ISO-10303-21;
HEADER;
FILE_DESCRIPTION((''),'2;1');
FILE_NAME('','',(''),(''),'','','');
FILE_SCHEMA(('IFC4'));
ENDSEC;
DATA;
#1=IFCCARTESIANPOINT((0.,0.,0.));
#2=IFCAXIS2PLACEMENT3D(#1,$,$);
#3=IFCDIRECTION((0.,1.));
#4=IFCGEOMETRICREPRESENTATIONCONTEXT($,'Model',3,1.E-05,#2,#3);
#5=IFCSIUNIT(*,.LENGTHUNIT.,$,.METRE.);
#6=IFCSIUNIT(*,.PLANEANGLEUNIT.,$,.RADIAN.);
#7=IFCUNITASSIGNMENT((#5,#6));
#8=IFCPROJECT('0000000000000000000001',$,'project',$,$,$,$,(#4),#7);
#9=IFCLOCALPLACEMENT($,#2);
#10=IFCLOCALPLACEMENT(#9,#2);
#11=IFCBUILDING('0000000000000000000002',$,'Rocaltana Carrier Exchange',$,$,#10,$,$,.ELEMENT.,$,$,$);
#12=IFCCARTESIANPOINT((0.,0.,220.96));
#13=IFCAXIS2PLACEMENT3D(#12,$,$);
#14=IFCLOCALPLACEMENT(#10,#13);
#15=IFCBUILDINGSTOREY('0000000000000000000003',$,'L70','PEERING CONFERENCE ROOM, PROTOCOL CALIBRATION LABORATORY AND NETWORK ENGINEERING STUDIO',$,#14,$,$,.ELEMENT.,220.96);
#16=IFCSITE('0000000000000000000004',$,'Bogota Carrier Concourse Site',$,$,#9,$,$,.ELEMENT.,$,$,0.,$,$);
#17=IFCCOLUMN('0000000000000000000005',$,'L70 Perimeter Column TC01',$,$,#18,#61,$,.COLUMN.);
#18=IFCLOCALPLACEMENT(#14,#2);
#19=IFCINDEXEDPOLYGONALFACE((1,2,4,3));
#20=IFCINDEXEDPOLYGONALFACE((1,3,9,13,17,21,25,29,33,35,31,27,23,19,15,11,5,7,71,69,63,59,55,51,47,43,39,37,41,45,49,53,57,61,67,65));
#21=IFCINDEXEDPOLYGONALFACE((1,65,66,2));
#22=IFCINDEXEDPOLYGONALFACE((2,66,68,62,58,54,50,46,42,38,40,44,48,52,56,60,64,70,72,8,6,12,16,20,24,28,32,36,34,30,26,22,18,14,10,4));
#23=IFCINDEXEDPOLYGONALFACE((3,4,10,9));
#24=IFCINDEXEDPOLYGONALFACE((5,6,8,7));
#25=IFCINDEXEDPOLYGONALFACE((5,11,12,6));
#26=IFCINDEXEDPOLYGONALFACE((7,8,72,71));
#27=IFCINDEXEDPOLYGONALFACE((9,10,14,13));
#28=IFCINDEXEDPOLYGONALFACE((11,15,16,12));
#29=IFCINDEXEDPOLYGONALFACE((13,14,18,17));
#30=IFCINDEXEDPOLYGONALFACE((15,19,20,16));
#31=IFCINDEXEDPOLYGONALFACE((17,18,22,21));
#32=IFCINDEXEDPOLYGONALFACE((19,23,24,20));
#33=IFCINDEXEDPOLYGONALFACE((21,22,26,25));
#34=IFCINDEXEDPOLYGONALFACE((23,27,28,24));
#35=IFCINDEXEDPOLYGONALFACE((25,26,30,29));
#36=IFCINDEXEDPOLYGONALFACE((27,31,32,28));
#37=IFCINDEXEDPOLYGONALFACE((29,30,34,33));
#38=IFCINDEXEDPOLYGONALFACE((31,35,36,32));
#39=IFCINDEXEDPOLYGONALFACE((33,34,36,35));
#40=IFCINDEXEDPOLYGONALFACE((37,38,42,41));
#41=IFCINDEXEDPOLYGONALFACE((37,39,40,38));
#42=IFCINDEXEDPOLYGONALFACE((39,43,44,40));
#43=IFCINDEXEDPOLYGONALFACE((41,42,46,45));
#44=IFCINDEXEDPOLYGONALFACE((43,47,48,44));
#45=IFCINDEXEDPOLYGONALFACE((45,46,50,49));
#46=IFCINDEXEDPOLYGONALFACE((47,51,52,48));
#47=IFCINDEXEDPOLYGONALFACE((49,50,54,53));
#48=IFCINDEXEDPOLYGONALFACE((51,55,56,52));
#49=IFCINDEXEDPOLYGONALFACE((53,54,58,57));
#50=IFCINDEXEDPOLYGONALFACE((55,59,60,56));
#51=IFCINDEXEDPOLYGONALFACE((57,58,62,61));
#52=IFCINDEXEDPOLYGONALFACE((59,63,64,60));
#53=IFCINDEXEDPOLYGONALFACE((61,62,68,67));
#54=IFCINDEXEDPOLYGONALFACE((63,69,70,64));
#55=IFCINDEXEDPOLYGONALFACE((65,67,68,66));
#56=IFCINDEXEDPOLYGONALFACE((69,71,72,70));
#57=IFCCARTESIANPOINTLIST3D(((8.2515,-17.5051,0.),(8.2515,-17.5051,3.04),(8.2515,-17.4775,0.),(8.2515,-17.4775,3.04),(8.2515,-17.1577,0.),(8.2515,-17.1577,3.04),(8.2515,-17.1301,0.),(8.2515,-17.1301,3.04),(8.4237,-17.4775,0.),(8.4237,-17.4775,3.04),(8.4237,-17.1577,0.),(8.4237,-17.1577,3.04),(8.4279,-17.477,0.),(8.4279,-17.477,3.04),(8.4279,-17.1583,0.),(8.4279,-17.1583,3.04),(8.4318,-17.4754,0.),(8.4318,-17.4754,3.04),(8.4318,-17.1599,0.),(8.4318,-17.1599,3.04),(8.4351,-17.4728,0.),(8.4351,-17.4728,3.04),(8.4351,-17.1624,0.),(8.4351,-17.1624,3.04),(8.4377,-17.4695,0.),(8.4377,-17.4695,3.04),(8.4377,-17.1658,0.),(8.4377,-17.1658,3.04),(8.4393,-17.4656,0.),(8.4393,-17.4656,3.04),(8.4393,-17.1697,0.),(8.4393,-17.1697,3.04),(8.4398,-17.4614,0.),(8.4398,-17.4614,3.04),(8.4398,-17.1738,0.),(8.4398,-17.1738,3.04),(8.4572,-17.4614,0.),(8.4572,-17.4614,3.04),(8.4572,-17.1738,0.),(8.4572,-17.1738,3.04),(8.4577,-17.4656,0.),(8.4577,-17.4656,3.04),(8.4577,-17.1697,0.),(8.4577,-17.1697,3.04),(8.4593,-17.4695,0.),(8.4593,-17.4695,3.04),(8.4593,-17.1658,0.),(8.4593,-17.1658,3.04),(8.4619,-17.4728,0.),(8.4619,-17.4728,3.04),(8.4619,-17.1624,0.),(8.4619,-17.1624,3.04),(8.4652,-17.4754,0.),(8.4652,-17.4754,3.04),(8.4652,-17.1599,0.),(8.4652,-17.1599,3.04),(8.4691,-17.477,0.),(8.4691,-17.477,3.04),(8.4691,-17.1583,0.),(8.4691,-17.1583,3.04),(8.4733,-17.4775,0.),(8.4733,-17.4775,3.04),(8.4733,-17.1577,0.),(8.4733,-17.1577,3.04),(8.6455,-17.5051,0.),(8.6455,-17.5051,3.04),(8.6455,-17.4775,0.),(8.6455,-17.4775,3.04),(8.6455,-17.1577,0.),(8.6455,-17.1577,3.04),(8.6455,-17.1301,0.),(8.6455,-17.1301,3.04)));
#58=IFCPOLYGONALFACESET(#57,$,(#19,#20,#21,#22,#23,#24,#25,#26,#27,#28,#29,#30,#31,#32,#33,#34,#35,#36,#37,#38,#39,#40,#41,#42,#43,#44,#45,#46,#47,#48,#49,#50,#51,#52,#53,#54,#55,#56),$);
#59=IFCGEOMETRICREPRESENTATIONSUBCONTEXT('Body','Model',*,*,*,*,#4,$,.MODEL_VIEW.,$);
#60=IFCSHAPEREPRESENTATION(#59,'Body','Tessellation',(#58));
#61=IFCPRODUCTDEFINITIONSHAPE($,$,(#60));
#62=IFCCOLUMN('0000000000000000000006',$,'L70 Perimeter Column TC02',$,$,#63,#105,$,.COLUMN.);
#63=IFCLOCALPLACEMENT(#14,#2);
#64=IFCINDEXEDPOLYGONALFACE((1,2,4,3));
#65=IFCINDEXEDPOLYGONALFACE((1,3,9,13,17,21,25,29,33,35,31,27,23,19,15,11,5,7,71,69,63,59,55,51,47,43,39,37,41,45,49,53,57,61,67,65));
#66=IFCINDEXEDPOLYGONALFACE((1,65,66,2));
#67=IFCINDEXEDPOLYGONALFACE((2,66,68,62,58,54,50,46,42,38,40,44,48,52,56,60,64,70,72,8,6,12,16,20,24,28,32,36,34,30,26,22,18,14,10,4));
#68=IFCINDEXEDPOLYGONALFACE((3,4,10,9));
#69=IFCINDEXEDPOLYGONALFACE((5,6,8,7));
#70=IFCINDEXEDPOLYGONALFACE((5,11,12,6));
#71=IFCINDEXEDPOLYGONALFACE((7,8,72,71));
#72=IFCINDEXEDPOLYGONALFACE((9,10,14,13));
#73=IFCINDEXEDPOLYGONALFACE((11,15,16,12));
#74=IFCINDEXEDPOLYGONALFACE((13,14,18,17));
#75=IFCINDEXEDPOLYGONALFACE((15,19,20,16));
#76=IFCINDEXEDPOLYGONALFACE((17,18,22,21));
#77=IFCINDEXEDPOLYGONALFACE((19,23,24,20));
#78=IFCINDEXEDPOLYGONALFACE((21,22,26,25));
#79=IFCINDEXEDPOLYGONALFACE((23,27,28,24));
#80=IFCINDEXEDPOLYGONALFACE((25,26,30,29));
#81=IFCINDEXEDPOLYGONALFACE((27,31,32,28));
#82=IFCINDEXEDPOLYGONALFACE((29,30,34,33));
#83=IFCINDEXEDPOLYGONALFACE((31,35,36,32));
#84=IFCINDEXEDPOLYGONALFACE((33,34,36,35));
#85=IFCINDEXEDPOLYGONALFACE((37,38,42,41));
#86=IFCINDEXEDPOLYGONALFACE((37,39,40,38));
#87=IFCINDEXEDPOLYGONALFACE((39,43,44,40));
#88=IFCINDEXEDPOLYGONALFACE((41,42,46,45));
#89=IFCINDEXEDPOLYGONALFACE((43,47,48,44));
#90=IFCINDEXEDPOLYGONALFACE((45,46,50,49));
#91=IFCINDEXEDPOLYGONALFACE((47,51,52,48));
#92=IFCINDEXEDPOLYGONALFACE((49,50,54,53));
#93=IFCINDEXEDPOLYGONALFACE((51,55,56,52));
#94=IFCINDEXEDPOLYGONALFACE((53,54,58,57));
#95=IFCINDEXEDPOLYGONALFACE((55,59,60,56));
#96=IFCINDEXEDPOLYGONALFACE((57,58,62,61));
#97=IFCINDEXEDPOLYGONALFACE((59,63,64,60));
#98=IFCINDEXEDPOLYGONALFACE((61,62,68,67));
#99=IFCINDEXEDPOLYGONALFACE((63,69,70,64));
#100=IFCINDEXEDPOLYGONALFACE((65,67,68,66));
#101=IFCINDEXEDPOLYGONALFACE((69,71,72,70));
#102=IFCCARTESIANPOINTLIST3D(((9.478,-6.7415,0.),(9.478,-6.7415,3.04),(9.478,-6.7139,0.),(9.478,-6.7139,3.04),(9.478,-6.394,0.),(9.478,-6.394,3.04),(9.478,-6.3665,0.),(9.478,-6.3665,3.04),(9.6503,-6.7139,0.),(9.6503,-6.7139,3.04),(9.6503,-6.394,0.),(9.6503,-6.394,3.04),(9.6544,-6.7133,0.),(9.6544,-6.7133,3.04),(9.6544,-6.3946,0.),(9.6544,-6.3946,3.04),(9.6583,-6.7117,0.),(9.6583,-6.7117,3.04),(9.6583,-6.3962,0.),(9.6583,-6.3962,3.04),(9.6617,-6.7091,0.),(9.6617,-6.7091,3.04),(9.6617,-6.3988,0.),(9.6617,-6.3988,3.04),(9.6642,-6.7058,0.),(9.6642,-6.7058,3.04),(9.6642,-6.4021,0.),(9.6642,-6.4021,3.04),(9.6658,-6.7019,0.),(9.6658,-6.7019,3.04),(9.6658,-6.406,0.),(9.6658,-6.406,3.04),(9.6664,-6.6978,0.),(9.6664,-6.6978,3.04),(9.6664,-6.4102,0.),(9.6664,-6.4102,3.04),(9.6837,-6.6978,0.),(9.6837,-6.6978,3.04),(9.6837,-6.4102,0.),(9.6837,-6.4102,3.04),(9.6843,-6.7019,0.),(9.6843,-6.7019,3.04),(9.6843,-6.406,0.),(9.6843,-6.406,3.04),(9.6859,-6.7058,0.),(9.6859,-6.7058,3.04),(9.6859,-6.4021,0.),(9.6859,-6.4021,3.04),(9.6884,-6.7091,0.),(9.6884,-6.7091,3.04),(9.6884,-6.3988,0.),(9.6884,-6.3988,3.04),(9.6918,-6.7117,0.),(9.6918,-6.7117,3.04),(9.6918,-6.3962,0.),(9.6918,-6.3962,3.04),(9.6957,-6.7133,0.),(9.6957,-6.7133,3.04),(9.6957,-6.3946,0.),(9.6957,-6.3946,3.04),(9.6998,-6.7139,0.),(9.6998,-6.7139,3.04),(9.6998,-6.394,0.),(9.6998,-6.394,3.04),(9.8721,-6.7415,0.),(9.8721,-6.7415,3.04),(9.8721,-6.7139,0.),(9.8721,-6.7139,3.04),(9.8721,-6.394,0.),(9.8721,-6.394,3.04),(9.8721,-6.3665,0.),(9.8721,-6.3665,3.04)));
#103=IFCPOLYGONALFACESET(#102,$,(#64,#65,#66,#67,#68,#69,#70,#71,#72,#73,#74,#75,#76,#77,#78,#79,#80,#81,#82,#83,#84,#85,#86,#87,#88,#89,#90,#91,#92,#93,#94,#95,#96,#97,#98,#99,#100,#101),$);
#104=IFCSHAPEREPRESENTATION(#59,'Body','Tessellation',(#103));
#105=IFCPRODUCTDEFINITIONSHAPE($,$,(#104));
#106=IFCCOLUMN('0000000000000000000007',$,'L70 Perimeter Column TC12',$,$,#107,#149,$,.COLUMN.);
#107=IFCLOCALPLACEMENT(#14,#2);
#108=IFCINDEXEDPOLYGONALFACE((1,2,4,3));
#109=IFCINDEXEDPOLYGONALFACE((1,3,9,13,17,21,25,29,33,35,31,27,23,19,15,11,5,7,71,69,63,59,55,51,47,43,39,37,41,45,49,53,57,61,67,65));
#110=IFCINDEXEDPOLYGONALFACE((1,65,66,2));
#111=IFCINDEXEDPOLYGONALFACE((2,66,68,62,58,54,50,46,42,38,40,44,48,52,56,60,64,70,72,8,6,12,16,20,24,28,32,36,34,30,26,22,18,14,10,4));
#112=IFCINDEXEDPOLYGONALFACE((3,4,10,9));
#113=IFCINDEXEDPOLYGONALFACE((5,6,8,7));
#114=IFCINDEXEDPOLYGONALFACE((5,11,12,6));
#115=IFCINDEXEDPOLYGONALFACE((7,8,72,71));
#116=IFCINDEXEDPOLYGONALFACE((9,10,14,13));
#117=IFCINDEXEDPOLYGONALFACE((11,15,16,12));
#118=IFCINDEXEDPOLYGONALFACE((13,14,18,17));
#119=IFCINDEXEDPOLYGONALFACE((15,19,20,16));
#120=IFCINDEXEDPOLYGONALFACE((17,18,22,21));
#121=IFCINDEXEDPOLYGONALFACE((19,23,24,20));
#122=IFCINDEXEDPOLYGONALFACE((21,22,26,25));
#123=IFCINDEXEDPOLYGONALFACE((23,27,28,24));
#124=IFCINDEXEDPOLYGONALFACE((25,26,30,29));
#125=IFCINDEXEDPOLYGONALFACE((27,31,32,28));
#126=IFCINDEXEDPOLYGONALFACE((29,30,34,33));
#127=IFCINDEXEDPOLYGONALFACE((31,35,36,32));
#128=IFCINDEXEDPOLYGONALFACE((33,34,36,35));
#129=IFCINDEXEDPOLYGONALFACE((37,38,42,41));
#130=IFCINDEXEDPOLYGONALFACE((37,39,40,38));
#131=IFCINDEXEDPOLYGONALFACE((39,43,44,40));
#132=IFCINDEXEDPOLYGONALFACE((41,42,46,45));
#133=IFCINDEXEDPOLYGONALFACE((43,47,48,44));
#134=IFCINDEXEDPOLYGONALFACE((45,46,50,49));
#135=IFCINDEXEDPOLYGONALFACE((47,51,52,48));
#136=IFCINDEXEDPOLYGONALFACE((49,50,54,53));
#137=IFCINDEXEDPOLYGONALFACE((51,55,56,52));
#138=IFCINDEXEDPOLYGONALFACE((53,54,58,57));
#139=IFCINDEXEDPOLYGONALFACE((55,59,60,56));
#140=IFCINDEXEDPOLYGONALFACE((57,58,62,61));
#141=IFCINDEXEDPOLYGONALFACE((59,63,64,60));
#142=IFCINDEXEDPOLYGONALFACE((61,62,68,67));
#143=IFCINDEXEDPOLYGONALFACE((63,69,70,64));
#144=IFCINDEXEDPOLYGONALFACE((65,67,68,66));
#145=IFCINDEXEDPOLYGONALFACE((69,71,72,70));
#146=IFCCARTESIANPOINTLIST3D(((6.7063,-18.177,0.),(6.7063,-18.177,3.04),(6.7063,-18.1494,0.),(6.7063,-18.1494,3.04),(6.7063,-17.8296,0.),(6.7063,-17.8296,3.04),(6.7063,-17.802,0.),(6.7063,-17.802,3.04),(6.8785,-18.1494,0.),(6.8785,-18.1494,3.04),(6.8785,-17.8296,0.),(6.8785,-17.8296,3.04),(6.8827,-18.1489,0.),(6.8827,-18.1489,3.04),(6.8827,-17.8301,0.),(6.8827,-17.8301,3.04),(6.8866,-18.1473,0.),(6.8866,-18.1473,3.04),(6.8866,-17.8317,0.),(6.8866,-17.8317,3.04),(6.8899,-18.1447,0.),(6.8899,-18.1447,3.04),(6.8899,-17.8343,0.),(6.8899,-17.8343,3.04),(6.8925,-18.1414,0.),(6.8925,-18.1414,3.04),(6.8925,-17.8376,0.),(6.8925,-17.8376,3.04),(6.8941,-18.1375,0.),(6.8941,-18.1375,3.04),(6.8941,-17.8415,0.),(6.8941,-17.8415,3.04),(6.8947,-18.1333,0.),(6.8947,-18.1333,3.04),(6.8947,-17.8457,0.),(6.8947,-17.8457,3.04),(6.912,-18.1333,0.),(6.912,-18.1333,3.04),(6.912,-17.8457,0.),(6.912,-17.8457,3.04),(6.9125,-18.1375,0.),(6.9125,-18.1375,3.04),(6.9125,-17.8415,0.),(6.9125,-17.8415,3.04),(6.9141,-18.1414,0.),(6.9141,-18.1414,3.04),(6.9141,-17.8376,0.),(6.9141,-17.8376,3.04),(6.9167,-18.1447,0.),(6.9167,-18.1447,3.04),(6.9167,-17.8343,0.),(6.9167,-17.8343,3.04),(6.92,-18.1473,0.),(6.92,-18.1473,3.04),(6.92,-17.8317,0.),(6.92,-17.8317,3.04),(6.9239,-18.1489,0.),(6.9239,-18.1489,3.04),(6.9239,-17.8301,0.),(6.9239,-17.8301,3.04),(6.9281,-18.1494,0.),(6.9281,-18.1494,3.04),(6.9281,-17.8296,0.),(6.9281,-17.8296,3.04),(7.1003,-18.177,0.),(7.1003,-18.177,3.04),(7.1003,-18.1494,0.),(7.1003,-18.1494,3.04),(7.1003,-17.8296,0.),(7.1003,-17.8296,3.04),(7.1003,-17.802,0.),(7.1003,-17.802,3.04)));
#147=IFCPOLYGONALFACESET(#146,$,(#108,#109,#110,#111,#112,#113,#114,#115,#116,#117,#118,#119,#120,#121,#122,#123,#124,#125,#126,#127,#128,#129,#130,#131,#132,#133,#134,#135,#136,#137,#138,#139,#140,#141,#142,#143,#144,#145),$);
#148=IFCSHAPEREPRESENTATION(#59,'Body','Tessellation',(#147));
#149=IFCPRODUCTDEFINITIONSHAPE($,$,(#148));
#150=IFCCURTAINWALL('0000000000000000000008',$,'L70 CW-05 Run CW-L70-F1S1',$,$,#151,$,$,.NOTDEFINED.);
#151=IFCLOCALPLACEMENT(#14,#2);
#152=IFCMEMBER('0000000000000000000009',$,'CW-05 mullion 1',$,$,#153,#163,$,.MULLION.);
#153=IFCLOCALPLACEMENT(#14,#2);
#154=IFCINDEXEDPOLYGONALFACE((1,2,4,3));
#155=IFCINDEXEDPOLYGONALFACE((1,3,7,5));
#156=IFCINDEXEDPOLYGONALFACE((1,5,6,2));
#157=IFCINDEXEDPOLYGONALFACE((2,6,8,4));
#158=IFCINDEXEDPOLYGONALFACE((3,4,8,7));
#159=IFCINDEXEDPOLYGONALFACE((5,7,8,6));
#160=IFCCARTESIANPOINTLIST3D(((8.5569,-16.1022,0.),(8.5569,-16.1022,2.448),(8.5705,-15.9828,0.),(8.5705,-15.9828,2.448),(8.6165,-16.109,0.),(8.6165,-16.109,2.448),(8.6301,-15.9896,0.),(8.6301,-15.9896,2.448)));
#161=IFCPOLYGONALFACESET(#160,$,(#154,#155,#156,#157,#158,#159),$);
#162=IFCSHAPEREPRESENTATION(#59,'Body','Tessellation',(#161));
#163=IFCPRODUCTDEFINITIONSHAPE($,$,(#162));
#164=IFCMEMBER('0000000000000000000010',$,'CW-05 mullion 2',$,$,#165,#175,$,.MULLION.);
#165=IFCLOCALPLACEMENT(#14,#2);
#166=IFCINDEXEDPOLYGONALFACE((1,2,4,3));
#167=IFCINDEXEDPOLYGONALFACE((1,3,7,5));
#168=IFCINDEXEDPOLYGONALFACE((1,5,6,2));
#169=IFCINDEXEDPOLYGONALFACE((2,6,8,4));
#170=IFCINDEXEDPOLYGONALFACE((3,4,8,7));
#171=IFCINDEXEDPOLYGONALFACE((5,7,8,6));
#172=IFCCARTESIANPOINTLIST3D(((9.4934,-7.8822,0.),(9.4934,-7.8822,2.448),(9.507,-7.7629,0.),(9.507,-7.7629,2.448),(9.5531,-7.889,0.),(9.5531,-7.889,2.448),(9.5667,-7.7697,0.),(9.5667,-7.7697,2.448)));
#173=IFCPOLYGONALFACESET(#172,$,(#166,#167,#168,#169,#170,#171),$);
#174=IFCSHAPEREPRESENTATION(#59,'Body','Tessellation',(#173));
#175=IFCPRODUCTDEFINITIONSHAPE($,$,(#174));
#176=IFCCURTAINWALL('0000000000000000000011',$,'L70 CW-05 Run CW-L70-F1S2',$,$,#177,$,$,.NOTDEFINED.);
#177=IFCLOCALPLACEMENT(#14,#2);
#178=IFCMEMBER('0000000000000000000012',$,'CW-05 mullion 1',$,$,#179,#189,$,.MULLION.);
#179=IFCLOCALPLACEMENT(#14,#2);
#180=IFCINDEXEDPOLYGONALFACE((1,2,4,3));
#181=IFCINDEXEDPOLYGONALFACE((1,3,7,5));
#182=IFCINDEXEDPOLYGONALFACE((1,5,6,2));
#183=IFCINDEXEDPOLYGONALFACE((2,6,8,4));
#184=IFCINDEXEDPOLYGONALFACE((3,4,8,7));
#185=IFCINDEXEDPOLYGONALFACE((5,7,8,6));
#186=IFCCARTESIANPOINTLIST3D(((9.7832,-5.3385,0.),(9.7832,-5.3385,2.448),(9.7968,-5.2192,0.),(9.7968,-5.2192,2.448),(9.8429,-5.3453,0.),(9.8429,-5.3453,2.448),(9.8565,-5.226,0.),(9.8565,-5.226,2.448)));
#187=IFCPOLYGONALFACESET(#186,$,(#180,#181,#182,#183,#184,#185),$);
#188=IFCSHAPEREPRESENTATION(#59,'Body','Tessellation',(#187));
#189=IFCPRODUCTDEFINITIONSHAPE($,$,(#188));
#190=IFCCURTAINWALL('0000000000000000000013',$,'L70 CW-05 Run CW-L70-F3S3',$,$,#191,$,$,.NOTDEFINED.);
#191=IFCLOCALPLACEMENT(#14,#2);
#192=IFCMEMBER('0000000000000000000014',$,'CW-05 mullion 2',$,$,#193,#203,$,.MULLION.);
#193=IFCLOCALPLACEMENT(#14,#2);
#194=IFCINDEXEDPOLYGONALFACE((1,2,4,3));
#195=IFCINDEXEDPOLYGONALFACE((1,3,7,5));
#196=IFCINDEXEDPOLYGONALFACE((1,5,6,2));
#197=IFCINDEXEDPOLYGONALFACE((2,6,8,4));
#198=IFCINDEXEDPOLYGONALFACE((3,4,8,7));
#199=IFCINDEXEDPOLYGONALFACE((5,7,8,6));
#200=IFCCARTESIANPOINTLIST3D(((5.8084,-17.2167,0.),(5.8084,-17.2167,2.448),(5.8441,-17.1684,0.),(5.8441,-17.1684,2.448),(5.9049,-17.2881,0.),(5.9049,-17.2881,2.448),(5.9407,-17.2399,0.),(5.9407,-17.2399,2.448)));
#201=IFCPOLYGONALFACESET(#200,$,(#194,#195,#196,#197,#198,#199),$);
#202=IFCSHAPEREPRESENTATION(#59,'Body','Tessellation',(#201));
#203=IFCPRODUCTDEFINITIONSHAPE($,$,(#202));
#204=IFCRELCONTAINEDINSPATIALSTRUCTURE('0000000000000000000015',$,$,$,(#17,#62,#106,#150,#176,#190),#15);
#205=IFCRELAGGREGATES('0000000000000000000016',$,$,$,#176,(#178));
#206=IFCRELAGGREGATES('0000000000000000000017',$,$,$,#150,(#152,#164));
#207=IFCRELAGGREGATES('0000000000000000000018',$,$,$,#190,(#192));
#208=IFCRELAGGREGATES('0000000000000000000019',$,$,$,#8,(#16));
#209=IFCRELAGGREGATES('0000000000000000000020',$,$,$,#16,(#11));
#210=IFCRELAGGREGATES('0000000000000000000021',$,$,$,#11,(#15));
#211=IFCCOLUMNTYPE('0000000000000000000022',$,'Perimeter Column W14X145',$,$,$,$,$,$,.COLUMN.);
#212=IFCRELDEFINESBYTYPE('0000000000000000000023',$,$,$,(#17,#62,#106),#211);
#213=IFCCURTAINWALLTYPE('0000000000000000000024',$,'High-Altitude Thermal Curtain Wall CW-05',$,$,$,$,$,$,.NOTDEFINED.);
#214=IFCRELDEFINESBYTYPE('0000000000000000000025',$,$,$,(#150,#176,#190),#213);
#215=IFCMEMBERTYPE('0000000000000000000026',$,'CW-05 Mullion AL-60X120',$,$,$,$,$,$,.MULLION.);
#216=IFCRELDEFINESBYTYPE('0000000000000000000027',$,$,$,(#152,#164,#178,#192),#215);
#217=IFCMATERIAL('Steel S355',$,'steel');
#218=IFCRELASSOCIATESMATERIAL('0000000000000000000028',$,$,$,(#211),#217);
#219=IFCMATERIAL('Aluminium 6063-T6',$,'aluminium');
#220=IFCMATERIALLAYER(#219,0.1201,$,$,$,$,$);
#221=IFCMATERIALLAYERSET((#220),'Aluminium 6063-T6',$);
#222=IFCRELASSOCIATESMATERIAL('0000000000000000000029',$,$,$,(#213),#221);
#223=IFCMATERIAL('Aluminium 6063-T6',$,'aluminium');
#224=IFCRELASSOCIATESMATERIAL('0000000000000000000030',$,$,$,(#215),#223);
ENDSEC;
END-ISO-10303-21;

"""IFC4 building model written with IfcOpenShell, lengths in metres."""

from ifc_helpers import new_model, si_unit, direction, frame, origin, origin_2d, place, context, subcontext, project, spatial, rectangle, i_section, extrude, material, layer, layer_set, material_profile, profile_set, type_object, element, aggregate, save


model = new_model("IFC4")

# Units and contexts
model_context = context("Model", 3, precision=1e-05, world=origin(), true_north=direction((0.0, 1.0)))
body_context = subcontext(model_context, "Body", "Model", "MODEL_VIEW")
ifc_project = project(units=[si_unit("LENGTHUNIT", "METRE"), si_unit("PLANEANGLEUNIT", "RADIAN")], contexts=[model_context])

# Site, building, storey
site_placement = place(None, origin())
site = spatial("IfcSite", under=ifc_project, at=site_placement, Name="Bogota Carrier Concourse Site", CompositionType="ELEMENT", RefElevation=0.0)
building_placement = place(site_placement, origin())
building = spatial("IfcBuilding", under=site, at=building_placement, Name="Rocaltana Carrier Exchange", CompositionType="ELEMENT")
storey_placement = place(building_placement, frame((0.0, 0.0, 220.96)))
storey = spatial("IfcBuildingStorey", under=building, at=storey_placement, Name="L70", Description="PEERING CONFERENCE ROOM, PROTOCOL CALIBRATION LABORATORY AND NETWORK ENGINEERING STUDIO", CompositionType="ELEMENT", Elevation=220.96)

# Columns
ifc_material_1 = material(Name="Steel S355", Category="steel")
ifc_material_profile_1 = material_profile(ifc_material_1, i_section(OverallWidth=0.394, OverallDepth=0.375, WebThickness=0.0173, FlangeThickness=0.0276, FilletRadius=0.0161, at=origin_2d()), Name="W14X145")
ifc_profile_set_1 = profile_set([ifc_material_profile_1], Name="Steel S355")
column_type = type_object("IfcColumnType", Name="Perimeter Column W14X145", PredefinedType="COLUMN", material=ifc_profile_set_1)
for number, where, z_axis, x_axis, name in (
    (1, (8.4485, -17.3176, 0.0), (0.0, 0.0, 1.0), (1.0, 0.0, 0.0), "L70 Perimeter Column TC01"),
    (2, (9.675, -6.554, 0.0), (0.0, 0.0, 1.0), (1.0, 0.0, 0.0), "L70 Perimeter Column TC02"),
    (3, (6.9033, -17.9895, 0.0), (0.0, 0.0, 1.0), (1.0, 0.0, 0.0), "L70 Perimeter Column TC12"),
):
    element("IfcColumn", number, at=place(storey_placement, frame(where, z_axis=z_axis, x_axis=x_axis)), inside=storey, type_object=column_type, Name=name, PredefinedType="COLUMN", context=body_context, shape_type="SweptSolid", body=[
        extrude(i_section(OverallWidth=0.394, OverallDepth=0.375, WebThickness=0.0173, FlangeThickness=0.0276, FilletRadius=0.0161, at=origin_2d()), origin(), (0.0, 0.0, 1.0), 3.04),
    ])

# Curtain wall, members
ifc_material_2 = material(Name="Aluminium 6063-T6", Category="aluminium")
ifc_layer_1 = layer(ifc_material_2, 0.1201)
ifc_layer_set_1 = layer_set([ifc_layer_1], Name="Aluminium 6063-T6")
curtain_wall_type = type_object("IfcCurtainWallType", Name="High-Altitude Thermal Curtain Wall CW-05", PredefinedType="NOTDEFINED", material=ifc_layer_set_1)
curtain_wall_1_placement = place(storey_placement, origin())
curtain_wall_1 = element("IfcCurtainWall", 4, at=curtain_wall_1_placement, inside=storey, type_object=curtain_wall_type, Name="L70 CW-05 Run CW-L70-F1S1", PredefinedType="NOTDEFINED")
ifc_material_3 = material(Name="Aluminium 6063-T6", Category="aluminium")
ifc_material_profile_2 = material_profile(ifc_material_3, rectangle(XDim=0.0601, YDim=0.1201, at=origin_2d()), Name="AL-60X120")
ifc_profile_set_2 = profile_set([ifc_material_profile_2], Name="Aluminium 6063-T6")
member_type_1 = type_object("IfcMemberType", Name="CW-05 Mullion AL-60X120", PredefinedType="MULLION", material=ifc_profile_set_2)
member_1_placement = place(storey_placement, frame((8.5935, -16.0459, 0.0), z_axis=(0.0, 0.0, 1.0), x_axis=(-0.993571, 0.113209, 0.0)))
member_1 = element("IfcMember", 5, at=member_1_placement, type_object=member_type_1, Name="CW-05 mullion 1", PredefinedType="MULLION", context=body_context, shape_type="SweptSolid", body=[
    extrude(rectangle(XDim=0.0601, YDim=0.1201, at=origin_2d()), origin(), (0.0, 0.0, 1.0), 2.448),
])
member_2_placement = place(storey_placement, frame((9.53, -7.8259, 0.0), z_axis=(0.0, 0.0, 1.0), x_axis=(-0.993571, 0.113209, 0.0)))
member_2 = element("IfcMember", 6, at=member_2_placement, type_object=member_type_1, Name="CW-05 mullion 2", PredefinedType="MULLION", context=body_context, shape_type="SweptSolid", body=[
    extrude(rectangle(XDim=0.0601, YDim=0.1201, at=origin_2d()), origin(), (0.0, 0.0, 1.0), 2.448),
])

# Curtain walls, members
curtain_wall_2_placement = place(storey_placement, origin())
curtain_wall_2 = element("IfcCurtainWall", 7, at=curtain_wall_2_placement, inside=storey, type_object=curtain_wall_type, Name="L70 CW-05 Run CW-L70-F1S2", PredefinedType="NOTDEFINED")
member_3_placement = place(storey_placement, frame((9.8198, -5.2822, 0.0), z_axis=(0.0, 0.0, 1.0), x_axis=(-0.993571, 0.113209, 0.0)))
member_3 = element("IfcMember", 8, at=member_3_placement, type_object=member_type_1, Name="CW-05 mullion 1", PredefinedType="MULLION", context=body_context, shape_type="SweptSolid", body=[
    extrude(rectangle(XDim=0.0601, YDim=0.1201, at=origin_2d()), origin(), (0.0, 0.0, 1.0), 2.448),
])
aggregate(curtain_wall_2, [member_3])
curtain_wall_3_placement = place(storey_placement, origin())
curtain_wall_3 = element("IfcCurtainWall", 9, at=curtain_wall_3_placement, inside=storey, type_object=curtain_wall_type, Name="L70 CW-05 Run CW-L70-F3S3", PredefinedType="NOTDEFINED")
member_4_placement = place(storey_placement, frame((5.8745, -17.2283, 0.0), z_axis=(0.0, 0.0, 1.0), x_axis=(0.594827, 0.803854, 0.0)))
member_4 = element("IfcMember", 10, at=member_4_placement, type_object=member_type_1, Name="CW-05 mullion 2", PredefinedType="MULLION", context=body_context, shape_type="SweptSolid", body=[
    extrude(rectangle(XDim=0.0601, YDim=0.1201, at=origin_2d()), origin(), (0.0, 0.0, 1.0), 2.448),
])

aggregate(curtain_wall_1, [member_1, member_2])
aggregate(curtain_wall_3, [member_4])

save(model, "model.ifc")
